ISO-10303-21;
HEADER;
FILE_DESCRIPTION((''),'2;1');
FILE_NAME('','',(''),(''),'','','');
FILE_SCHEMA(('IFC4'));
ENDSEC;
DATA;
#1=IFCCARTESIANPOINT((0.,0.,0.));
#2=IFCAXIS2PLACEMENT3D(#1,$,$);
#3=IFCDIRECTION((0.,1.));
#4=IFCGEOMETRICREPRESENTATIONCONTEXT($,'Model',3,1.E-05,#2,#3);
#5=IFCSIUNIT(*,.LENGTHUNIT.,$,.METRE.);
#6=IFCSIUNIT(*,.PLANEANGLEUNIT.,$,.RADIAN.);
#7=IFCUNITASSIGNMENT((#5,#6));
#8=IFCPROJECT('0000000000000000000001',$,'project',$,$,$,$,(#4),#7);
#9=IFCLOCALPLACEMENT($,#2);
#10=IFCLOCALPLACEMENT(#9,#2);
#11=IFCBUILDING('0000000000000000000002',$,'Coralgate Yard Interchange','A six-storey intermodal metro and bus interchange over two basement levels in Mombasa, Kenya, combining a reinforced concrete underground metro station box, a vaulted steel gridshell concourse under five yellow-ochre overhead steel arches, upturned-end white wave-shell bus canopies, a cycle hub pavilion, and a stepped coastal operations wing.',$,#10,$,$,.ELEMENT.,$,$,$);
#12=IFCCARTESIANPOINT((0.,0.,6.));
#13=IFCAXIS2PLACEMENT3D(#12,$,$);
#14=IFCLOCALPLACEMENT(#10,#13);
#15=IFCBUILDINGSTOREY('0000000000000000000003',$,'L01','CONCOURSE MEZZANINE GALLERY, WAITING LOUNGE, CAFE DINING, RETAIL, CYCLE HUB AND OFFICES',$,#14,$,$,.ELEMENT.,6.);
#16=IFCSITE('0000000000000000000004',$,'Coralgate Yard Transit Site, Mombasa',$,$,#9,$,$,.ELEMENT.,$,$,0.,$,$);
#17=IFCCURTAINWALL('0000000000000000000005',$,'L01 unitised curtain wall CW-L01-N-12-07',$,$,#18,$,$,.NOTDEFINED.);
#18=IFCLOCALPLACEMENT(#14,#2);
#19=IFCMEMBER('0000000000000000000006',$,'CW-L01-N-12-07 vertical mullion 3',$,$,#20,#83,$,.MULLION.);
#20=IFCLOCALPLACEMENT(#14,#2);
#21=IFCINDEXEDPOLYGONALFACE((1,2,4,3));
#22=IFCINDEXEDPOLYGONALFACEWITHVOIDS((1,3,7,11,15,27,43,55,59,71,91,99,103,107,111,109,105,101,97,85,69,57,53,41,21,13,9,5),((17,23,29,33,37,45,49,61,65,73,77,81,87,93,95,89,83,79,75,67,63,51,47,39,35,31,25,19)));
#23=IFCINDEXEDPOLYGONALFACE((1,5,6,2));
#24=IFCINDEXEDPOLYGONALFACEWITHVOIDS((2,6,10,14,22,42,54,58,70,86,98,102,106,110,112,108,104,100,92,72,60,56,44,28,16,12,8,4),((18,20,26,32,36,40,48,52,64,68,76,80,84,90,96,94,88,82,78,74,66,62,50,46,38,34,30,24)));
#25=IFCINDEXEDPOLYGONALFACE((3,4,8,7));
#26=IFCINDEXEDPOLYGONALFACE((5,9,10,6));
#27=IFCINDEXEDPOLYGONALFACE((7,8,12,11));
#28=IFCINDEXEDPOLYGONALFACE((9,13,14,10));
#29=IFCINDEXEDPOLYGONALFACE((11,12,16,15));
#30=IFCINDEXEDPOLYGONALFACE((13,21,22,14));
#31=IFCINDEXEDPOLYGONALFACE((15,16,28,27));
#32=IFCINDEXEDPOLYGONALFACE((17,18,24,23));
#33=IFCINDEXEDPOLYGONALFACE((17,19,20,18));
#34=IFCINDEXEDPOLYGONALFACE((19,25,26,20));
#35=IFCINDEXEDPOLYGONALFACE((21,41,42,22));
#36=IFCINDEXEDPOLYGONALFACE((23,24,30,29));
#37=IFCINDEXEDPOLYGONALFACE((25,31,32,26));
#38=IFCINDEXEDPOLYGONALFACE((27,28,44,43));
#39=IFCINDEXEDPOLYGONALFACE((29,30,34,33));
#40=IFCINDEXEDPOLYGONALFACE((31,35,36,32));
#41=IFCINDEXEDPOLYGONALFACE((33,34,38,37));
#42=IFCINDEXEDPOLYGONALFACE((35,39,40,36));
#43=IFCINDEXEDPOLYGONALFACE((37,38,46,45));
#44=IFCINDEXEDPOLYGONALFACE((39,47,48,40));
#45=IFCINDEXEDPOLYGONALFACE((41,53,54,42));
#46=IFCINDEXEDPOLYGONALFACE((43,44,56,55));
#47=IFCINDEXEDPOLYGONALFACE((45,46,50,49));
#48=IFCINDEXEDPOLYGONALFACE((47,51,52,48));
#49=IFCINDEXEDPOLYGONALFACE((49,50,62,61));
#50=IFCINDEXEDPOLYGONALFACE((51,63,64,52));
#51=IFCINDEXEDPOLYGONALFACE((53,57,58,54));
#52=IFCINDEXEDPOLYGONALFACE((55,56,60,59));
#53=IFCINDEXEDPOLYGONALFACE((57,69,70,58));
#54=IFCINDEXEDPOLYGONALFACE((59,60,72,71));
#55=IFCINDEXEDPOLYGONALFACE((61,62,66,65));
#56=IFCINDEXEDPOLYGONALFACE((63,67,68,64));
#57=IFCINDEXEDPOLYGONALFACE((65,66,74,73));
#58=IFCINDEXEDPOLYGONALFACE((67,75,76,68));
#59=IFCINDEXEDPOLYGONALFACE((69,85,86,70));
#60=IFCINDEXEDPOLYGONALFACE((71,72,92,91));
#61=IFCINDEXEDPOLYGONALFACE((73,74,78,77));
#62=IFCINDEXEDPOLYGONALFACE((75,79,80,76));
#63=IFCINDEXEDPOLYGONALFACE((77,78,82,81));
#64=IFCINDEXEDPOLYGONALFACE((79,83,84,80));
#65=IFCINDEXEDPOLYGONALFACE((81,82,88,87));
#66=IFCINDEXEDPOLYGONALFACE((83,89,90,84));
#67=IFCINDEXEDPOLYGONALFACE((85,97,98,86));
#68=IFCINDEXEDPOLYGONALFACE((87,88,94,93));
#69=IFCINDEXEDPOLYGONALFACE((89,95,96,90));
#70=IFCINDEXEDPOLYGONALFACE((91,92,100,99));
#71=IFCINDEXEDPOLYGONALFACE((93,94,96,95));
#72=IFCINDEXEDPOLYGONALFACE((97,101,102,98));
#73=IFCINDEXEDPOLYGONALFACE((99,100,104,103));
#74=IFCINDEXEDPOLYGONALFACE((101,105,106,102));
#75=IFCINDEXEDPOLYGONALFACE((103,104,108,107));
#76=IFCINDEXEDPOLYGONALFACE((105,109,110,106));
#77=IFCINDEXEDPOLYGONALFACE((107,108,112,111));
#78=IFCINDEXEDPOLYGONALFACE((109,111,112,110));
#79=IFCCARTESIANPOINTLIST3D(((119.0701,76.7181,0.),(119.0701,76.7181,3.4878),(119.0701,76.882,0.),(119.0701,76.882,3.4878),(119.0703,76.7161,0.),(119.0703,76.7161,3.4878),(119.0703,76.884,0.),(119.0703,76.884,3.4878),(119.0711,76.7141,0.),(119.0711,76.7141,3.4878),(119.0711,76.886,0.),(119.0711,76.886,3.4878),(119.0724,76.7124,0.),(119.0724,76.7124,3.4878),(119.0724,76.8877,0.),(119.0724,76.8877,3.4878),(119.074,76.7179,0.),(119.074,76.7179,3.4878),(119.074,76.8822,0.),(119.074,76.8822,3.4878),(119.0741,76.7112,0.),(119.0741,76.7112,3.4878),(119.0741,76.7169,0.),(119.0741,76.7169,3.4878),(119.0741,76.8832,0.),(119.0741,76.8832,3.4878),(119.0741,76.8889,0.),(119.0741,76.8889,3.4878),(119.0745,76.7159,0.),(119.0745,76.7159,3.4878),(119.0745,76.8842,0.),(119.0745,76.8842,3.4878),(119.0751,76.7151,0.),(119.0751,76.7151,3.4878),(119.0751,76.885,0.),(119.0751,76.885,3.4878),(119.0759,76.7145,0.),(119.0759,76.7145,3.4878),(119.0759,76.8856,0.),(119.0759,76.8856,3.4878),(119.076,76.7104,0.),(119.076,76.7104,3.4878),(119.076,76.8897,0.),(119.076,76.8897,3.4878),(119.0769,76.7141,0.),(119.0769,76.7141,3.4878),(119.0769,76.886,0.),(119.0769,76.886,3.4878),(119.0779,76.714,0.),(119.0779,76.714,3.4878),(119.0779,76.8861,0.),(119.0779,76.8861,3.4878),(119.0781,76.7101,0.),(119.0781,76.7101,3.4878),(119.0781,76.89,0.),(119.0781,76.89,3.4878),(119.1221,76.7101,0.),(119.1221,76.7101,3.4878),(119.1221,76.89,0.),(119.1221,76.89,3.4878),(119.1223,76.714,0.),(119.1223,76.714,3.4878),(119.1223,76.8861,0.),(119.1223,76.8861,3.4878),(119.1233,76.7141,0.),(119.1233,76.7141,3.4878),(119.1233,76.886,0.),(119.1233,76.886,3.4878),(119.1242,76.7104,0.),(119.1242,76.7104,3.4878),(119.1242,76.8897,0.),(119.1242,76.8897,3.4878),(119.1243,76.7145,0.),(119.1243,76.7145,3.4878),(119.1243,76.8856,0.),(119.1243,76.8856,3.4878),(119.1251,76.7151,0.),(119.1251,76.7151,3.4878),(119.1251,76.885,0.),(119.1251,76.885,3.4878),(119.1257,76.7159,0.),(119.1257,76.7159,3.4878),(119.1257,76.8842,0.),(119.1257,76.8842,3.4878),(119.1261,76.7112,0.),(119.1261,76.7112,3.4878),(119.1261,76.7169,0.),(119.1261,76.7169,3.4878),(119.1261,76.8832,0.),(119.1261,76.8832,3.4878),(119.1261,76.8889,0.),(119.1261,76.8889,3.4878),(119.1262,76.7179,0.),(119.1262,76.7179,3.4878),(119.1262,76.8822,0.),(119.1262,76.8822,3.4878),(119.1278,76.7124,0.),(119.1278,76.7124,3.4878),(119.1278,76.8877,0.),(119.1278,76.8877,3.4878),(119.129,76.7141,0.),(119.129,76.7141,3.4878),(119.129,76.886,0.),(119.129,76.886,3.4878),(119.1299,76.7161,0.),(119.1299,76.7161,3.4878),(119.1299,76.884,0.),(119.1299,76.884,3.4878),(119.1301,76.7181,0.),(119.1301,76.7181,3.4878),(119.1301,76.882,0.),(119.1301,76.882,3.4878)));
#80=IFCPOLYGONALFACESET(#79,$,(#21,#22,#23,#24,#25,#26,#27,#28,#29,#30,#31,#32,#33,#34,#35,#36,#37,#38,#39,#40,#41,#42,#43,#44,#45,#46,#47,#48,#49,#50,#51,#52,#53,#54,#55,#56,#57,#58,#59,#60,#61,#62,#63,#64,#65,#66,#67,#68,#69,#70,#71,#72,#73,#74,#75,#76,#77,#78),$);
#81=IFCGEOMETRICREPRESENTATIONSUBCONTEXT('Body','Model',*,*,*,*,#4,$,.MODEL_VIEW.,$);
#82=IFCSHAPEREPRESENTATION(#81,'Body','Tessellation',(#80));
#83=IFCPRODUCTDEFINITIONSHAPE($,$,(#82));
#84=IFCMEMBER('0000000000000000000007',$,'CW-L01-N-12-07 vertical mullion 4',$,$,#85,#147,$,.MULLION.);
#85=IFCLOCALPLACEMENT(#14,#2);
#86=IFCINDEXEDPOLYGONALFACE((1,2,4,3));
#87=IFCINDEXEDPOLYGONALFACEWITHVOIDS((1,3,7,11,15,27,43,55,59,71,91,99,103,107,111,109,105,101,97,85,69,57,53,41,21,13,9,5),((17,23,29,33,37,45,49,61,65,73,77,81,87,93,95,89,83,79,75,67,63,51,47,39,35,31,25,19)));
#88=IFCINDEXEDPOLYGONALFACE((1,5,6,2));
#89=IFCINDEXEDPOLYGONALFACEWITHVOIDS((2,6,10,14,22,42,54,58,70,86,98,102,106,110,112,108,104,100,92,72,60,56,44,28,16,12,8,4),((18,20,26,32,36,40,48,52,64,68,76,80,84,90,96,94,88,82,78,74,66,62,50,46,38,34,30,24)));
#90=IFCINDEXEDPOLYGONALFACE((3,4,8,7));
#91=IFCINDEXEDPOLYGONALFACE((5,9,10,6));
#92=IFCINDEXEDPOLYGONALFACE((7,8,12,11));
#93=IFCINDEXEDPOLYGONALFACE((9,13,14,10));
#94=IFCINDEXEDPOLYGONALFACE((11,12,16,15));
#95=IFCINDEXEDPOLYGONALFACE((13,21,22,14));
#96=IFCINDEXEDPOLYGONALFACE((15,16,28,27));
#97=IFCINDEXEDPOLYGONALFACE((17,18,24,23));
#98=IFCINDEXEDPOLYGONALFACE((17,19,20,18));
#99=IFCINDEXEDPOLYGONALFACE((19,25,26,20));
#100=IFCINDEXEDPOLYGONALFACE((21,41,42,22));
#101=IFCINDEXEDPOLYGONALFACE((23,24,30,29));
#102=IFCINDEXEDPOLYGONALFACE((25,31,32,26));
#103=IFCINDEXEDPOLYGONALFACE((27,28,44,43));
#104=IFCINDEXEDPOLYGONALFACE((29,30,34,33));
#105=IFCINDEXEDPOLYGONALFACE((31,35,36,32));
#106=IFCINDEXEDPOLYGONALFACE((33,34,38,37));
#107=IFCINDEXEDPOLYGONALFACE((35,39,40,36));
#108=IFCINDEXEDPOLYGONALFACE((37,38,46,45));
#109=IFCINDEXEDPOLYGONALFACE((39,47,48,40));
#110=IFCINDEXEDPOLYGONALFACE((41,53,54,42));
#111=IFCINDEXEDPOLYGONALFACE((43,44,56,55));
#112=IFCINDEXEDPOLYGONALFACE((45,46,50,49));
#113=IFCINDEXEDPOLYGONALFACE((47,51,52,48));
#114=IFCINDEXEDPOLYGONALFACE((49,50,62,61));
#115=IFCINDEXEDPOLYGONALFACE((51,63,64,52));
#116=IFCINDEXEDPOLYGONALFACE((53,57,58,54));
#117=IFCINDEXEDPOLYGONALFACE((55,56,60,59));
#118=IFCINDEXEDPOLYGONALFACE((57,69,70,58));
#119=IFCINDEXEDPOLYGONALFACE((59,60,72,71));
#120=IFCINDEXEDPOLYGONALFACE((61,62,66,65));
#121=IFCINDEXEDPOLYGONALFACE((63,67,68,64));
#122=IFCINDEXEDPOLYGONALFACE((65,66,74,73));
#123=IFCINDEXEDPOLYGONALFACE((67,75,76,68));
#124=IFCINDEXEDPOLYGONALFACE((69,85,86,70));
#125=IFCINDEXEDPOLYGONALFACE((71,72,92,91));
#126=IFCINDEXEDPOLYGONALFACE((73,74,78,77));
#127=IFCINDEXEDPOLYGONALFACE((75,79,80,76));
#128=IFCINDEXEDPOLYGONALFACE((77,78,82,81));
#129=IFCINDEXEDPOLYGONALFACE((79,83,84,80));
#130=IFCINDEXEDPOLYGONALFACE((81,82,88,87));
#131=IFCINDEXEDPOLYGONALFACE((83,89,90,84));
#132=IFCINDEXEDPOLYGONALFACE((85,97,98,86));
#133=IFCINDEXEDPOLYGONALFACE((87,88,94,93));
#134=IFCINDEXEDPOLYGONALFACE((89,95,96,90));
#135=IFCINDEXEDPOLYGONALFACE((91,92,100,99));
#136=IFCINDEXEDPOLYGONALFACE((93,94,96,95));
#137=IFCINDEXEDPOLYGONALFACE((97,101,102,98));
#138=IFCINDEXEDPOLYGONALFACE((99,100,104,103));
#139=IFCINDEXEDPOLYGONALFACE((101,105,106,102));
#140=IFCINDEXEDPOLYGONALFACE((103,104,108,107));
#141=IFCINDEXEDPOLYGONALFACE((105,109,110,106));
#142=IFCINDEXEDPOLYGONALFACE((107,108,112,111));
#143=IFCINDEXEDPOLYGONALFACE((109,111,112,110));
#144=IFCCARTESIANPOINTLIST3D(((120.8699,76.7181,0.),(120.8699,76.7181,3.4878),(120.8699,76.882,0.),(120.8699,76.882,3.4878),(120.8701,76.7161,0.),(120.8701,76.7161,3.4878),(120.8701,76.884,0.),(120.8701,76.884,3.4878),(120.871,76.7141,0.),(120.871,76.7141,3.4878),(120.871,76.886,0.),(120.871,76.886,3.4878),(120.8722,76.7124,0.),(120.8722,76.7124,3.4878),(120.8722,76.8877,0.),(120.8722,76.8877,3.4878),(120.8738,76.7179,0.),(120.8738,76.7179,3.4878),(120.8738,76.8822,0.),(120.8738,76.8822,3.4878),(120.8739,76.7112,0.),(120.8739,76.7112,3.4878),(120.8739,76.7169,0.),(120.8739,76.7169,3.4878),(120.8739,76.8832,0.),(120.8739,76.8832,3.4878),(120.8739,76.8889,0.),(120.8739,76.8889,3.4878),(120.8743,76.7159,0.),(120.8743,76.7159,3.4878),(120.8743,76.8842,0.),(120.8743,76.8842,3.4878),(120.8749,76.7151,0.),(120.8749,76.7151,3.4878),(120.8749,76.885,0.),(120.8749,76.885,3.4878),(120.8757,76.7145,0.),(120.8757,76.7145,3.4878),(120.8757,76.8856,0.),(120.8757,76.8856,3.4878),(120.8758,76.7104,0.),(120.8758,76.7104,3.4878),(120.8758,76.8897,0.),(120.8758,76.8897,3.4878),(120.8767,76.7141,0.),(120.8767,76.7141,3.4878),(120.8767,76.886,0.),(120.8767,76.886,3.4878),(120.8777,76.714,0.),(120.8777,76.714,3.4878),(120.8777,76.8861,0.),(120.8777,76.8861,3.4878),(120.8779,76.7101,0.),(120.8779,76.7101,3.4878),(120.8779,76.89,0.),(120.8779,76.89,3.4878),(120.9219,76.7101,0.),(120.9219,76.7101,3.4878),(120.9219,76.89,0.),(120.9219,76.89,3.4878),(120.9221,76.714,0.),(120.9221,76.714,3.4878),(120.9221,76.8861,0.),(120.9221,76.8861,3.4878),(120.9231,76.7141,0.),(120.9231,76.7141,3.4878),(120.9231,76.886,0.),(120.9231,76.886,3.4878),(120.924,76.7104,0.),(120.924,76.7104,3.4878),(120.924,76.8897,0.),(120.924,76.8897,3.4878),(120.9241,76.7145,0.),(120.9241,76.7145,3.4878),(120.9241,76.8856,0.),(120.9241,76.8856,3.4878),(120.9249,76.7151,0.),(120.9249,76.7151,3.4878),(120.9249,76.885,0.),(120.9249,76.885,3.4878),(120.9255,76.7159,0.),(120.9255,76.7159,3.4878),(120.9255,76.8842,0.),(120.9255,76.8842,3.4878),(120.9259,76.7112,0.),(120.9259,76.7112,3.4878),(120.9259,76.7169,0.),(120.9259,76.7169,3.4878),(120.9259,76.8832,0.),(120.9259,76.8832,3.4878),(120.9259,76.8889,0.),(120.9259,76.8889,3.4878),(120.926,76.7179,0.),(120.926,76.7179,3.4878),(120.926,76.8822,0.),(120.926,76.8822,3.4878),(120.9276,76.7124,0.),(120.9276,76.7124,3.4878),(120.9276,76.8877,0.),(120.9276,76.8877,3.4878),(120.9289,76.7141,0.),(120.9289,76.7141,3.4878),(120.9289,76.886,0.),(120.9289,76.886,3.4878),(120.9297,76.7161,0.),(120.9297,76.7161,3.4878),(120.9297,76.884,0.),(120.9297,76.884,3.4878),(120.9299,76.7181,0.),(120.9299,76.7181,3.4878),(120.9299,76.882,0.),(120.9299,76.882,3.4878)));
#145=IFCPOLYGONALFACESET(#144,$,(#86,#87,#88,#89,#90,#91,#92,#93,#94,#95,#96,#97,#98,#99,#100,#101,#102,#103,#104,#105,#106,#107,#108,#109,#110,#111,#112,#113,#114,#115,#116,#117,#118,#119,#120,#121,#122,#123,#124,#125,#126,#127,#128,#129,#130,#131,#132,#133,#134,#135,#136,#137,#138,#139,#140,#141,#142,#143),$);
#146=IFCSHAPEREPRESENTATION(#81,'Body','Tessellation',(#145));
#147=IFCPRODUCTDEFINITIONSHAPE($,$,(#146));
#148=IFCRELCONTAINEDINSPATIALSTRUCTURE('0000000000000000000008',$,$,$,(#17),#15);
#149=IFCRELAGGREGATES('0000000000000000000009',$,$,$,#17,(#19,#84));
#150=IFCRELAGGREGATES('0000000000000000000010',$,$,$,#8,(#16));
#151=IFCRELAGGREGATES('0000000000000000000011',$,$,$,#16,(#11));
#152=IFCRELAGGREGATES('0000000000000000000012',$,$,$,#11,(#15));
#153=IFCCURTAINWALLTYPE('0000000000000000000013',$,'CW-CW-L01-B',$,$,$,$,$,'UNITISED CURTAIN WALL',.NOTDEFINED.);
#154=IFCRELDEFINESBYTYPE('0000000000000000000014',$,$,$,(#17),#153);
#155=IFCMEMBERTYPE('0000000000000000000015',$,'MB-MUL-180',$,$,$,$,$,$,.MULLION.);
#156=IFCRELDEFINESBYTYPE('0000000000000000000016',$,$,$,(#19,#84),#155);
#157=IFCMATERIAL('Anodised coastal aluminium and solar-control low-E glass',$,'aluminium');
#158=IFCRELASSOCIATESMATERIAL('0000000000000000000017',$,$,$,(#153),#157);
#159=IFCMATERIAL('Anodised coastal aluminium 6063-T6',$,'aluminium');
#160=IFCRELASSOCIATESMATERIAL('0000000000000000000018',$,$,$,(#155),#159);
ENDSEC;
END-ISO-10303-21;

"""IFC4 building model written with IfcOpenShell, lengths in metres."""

from ifc_helpers import new_model, si_unit, direction, frame, origin, origin_2d, place, context, subcontext, project, spatial, hollow_rectangle, extrude, material, material_profile, profile_set, type_object, element, aggregate, save


model = new_model("IFC4")

# Units and contexts
model_context = context("Model", 3, precision=1e-05, world=origin(), true_north=direction((0.0, 1.0)))
body_context = subcontext(model_context, "Body", "Model", "MODEL_VIEW")
ifc_project = project(units=[si_unit("LENGTHUNIT", "METRE"), si_unit("PLANEANGLEUNIT", "RADIAN")], contexts=[model_context])

# Site, building, storey
site_placement = place(None, origin())
site = spatial("IfcSite", under=ifc_project, at=site_placement, Name="Coralgate Yard Transit Site, Mombasa", CompositionType="ELEMENT", RefElevation=0.0)
building_placement = place(site_placement, origin())
building = spatial("IfcBuilding", under=site, at=building_placement, Name="Coralgate Yard Interchange", Description="A six-storey intermodal metro and bus interchange over two basement levels in Mombasa, Kenya, combining a reinforced concrete underground metro station box, a vaulted steel gridshell concourse under five yellow-ochre overhead steel arches, upturned-end white wave-shell bus canopies, a cycle hub pavilion, and a stepped coastal operations wing.", CompositionType="ELEMENT")
storey_placement = place(building_placement, frame((0.0, 0.0, 6.0)))
storey = spatial("IfcBuildingStorey", under=building, at=storey_placement, Name="L01", Description="CONCOURSE MEZZANINE GALLERY, WAITING LOUNGE, CAFE DINING, RETAIL, CYCLE HUB AND OFFICES", CompositionType="ELEMENT", Elevation=6.0)

# Shared definitions
ifc_material_1 = material(Name="Anodised coastal aluminium and solar-control low-E glass", Category="aluminium")
curtain_wall_type = type_object("IfcCurtainWallType", Name="CW-CW-L01-B", ElementType="UNITISED CURTAIN WALL", PredefinedType="NOTDEFINED", material=ifc_material_1)
ifc_material_2 = material(Name="Anodised coastal aluminium 6063-T6", Category="aluminium")
ifc_material_profile_1 = material_profile(ifc_material_2, hollow_rectangle(XDim=0.0601, YDim=0.1799, WallThickness=0.0039, InnerFilletRadius=0.0039, OuterFilletRadius=0.0081, at=origin_2d()), Name="ALU 60x180x4")
ifc_profile_set_1 = profile_set([ifc_material_profile_1], Name="Anodised coastal aluminium 6063-T6")
member_type_1 = type_object("IfcMemberType", Name="MB-MUL-180", PredefinedType="MULLION", material=ifc_profile_set_1)

# Curtain wall, members
curtain_wall_1_placement = place(storey_placement, origin())
curtain_wall_1 = element("IfcCurtainWall", 1, at=curtain_wall_1_placement, inside=storey, type_object=curtain_wall_type, Name="L01 unitised curtain wall CW-L01-N-12-07", PredefinedType="NOTDEFINED")
member_1_placement = place(storey_placement, frame((119.1001, 76.8, 0.0), z_axis=(0.0, 0.0, 1.0), x_axis=(1.0, 0.0, 0.0)))
member_1 = element("IfcMember", 2, at=member_1_placement, type_object=member_type_1, Name="CW-L01-N-12-07 vertical mullion 3", PredefinedType="MULLION", context=body_context, shape_type="SweptSolid", body=[
    extrude(hollow_rectangle(XDim=0.0601, YDim=0.1799, WallThickness=0.0039, InnerFilletRadius=0.0039, OuterFilletRadius=0.0081, at=origin_2d()), origin(), (0.0, 0.0, 1.0), 3.4878),
])
member_2_placement = place(storey_placement, frame((120.8999, 76.8, 0.0), z_axis=(0.0, 0.0, 1.0), x_axis=(1.0, 0.0, 0.0)))
member_2 = element("IfcMember", 3, at=member_2_placement, type_object=member_type_1, Name="CW-L01-N-12-07 vertical mullion 4", PredefinedType="MULLION", context=body_context, shape_type="SweptSolid", body=[
    extrude(hollow_rectangle(XDim=0.0601, YDim=0.1799, WallThickness=0.0039, InnerFilletRadius=0.0039, OuterFilletRadius=0.0081, at=origin_2d()), origin(), (0.0, 0.0, 1.0), 3.4878),
])
aggregate(curtain_wall_1, [member_1, member_2])

save(model, "model.ifc")
